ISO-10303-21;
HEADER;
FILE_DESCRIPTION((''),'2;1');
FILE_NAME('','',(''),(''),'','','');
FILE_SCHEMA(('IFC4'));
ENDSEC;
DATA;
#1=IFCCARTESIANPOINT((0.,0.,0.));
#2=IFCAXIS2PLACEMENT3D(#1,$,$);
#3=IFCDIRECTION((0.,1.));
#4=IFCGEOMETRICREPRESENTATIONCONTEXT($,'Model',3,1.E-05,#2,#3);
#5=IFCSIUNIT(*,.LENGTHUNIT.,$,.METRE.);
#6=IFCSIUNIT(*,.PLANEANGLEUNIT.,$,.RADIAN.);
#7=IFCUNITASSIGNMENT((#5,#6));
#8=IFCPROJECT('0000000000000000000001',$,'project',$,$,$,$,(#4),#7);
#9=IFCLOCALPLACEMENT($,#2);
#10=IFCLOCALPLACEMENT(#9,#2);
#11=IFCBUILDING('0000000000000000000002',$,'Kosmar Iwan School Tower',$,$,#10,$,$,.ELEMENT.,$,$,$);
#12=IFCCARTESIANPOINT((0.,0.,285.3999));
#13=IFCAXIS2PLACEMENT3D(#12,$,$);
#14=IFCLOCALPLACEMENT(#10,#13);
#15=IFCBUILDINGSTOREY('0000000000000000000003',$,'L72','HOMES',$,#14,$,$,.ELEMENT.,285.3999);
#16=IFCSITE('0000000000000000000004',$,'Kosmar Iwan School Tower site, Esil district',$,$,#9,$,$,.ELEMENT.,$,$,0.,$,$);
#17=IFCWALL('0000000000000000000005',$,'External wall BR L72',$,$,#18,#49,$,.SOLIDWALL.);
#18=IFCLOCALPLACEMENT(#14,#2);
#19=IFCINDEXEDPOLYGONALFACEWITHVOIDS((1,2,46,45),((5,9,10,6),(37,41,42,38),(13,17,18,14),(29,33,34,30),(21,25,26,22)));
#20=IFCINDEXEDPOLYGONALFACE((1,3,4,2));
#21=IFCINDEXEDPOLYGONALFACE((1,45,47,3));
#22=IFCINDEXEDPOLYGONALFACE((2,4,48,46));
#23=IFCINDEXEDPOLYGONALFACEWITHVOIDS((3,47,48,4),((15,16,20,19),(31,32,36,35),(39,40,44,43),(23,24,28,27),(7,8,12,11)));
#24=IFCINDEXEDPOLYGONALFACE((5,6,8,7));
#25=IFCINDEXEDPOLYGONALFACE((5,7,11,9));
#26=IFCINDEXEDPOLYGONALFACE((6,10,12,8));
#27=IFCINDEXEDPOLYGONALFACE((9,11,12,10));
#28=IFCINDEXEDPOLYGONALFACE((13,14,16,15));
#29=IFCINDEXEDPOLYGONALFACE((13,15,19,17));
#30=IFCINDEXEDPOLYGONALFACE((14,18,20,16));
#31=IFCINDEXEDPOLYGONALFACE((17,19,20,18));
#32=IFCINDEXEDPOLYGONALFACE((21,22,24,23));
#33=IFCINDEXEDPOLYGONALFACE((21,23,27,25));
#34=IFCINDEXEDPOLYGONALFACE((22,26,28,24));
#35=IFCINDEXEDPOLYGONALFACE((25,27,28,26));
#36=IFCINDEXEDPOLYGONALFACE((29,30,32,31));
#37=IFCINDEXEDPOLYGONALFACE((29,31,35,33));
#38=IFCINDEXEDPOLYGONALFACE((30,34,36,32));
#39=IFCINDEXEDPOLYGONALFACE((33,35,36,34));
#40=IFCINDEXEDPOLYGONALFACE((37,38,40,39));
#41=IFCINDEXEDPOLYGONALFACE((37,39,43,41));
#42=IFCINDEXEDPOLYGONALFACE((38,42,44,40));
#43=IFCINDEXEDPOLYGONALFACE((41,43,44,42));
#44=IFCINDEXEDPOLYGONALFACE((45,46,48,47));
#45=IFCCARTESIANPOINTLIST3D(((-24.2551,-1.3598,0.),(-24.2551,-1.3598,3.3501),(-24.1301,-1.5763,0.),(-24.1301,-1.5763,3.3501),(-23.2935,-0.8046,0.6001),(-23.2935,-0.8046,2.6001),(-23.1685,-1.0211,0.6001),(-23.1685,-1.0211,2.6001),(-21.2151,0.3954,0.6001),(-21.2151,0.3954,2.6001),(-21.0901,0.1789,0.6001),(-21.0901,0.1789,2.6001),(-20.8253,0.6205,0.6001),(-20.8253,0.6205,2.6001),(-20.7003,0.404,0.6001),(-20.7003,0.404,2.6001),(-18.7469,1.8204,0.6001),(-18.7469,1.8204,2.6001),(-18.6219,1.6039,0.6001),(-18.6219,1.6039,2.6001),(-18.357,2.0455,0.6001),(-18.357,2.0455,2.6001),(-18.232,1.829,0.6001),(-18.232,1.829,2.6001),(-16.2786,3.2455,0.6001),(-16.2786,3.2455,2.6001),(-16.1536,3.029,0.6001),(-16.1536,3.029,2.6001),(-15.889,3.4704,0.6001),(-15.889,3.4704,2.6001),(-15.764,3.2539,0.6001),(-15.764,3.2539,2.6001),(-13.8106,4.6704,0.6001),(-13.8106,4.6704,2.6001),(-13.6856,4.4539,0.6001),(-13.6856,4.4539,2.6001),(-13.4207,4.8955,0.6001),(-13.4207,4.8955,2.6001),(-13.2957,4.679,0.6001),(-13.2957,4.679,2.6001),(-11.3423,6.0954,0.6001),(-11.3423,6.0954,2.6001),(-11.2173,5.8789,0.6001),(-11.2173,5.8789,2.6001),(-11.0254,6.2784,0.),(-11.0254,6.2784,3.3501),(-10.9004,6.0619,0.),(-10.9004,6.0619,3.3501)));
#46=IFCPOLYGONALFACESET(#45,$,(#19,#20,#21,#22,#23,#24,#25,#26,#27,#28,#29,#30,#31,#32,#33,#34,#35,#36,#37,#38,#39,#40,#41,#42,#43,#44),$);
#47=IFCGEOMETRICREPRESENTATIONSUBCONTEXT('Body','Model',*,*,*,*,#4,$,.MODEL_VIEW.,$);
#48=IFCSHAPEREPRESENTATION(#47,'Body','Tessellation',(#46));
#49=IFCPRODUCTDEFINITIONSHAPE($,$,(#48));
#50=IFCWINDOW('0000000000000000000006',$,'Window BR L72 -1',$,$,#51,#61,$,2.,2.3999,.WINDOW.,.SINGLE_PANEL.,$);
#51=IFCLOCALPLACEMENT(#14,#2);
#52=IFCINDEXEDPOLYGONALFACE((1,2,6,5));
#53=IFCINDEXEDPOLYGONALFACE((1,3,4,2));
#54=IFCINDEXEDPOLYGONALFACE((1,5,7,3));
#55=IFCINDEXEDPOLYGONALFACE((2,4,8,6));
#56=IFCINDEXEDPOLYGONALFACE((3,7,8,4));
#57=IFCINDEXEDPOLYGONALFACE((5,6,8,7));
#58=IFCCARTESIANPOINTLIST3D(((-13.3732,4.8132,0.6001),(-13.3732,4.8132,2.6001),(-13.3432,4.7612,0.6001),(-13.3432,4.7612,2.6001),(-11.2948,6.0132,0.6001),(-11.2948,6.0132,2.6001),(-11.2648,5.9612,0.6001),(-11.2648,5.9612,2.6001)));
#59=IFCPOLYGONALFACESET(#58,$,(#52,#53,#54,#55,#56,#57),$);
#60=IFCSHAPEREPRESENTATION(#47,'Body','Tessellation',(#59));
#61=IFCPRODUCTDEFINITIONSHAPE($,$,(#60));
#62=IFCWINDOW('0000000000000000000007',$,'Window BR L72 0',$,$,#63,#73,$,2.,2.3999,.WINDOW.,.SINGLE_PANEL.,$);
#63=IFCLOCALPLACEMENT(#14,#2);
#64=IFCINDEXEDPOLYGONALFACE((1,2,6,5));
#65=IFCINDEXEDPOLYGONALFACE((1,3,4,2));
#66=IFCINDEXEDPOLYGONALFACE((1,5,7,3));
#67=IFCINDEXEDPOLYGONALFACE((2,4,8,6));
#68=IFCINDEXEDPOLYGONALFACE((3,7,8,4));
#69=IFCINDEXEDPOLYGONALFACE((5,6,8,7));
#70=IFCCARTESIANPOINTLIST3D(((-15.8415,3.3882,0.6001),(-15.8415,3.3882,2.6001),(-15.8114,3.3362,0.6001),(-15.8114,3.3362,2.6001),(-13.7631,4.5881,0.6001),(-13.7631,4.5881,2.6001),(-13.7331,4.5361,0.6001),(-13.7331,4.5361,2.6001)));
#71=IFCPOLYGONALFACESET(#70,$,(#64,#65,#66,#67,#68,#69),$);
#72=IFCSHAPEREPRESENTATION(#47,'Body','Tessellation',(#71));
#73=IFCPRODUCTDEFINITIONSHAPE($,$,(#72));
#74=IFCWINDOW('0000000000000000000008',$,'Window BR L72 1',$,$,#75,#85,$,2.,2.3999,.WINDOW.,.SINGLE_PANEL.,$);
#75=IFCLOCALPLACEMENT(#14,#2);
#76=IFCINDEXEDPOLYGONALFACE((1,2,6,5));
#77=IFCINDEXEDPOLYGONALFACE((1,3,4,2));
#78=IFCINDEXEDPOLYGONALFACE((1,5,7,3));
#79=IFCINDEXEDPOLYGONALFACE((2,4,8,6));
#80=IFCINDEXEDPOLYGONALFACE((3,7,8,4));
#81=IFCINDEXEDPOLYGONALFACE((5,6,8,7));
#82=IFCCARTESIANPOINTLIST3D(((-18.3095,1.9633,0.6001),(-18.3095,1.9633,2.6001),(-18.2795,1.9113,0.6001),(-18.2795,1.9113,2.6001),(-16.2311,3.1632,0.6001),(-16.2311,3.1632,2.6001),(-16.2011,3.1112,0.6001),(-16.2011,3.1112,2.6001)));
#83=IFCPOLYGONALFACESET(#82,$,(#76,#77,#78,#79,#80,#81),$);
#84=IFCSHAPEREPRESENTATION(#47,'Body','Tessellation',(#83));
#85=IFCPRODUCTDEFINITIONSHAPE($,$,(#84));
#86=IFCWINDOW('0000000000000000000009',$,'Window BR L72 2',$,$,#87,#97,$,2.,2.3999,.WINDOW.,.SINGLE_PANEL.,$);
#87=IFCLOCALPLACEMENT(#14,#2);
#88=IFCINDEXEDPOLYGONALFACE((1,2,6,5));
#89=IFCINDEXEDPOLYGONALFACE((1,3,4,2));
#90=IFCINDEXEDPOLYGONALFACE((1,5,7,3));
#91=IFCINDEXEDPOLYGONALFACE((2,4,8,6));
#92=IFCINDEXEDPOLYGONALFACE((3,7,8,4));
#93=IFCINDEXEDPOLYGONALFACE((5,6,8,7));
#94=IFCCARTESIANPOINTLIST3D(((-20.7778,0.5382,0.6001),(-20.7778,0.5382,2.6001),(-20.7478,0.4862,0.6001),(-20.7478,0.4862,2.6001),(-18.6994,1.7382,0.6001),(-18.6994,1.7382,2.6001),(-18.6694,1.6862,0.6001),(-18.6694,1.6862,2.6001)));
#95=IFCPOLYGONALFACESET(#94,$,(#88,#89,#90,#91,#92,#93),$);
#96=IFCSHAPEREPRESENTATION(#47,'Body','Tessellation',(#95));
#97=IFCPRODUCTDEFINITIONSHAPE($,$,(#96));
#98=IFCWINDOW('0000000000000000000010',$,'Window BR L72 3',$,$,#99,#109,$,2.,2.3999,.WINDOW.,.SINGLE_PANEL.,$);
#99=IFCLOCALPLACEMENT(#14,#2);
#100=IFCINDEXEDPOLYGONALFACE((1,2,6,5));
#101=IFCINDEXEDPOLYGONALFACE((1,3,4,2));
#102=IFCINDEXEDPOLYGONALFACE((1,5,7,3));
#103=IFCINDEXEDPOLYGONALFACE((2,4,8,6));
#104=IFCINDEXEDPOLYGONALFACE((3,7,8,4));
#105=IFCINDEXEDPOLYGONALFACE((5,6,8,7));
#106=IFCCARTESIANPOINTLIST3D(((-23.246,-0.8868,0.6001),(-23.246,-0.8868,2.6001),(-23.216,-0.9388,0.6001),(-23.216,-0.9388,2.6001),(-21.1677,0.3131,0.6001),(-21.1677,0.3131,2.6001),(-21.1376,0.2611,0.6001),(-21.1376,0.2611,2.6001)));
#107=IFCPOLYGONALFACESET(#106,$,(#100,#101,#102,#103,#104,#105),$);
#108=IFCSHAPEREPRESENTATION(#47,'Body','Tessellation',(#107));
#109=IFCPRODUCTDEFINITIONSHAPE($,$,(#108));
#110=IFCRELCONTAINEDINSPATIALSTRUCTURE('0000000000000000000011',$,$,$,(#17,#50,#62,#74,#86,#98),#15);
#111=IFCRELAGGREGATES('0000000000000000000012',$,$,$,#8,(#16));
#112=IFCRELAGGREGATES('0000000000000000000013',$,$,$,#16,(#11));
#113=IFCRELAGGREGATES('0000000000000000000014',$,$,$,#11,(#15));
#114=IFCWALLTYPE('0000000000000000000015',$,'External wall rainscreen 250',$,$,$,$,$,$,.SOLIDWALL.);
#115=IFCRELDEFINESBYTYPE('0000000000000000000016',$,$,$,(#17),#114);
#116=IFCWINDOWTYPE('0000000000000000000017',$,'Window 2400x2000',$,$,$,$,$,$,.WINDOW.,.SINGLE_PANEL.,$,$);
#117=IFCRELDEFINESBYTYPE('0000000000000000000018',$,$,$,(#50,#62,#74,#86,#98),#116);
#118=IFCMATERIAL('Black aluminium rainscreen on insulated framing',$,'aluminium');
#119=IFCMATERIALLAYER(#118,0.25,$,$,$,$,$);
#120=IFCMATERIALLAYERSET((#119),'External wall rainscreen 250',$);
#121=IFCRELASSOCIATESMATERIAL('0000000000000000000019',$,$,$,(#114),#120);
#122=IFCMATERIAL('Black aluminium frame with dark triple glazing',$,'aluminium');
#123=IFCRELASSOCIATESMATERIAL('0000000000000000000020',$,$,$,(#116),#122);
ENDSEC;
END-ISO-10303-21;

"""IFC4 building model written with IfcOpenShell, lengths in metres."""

from ifc_helpers import new_model, si_unit, direction, frame, frame_2d, origin, place, context, subcontext, project, spatial, rectangle, extrude, material, layer, layer_set, type_object, element, fill, save


model = new_model("IFC4")

# Units and contexts
model_context = context("Model", 3, precision=1e-05, world=origin(), true_north=direction((0.0, 1.0)))
body_context = subcontext(model_context, "Body", "Model", "MODEL_VIEW")
ifc_project = project(units=[si_unit("LENGTHUNIT", "METRE"), si_unit("PLANEANGLEUNIT", "RADIAN")], contexts=[model_context])

# Site, building, storey
site_placement = place(None, origin())
site = spatial("IfcSite", under=ifc_project, at=site_placement, Name="Kosmar Iwan School Tower site, Esil district", CompositionType="ELEMENT", RefElevation=0.0)
building_placement = place(site_placement, origin())
building = spatial("IfcBuilding", under=site, at=building_placement, Name="Kosmar Iwan School Tower", CompositionType="ELEMENT")
storey_placement = place(building_placement, frame((0.0, 0.0, 285.3999)))
storey = spatial("IfcBuildingStorey", under=building, at=storey_placement, Name="L72", Description="HOMES", CompositionType="ELEMENT", Elevation=285.3999)

# Wall, openings, windows
ifc_material_1 = material(Name="Black aluminium rainscreen on insulated framing", Category="aluminium")
ifc_layer = layer(ifc_material_1, 0.25)
ifc_layer_set = layer_set([ifc_layer], Name="External wall rainscreen 250")
wall_type = type_object("IfcWallType", Name="External wall rainscreen 250", PredefinedType="SOLIDWALL", material=ifc_layer_set)
ifc_material_2 = material(Name="Black aluminium frame with dark triple glazing", Category="aluminium")
window_type = type_object("IfcWindowType", Name="Window 2400x2000", PartitioningType="SINGLE_PANEL", PredefinedType="WINDOW", material=ifc_material_2)
wall_1_placement = place(storey_placement, frame((-10.9629, 6.1702, 0.0), z_axis=(0.0, 0.0, 1.0), x_axis=(-0.866026, -0.5, 0.0)))
wall_1 = element("IfcWall", 1, at=wall_1_placement, inside=storey, type_object=wall_type, Name="External wall BR L72", PredefinedType="SOLIDWALL", context=body_context, shape_type="SweptSolid", body=[
    extrude(rectangle(XDim=15.2764, YDim=0.25, at=frame_2d((7.6382, 0.0))), origin(), (0.0, 0.0, 1.0), 3.3501),
])
opening_1_placement = place(wall_1_placement, frame((0.366, 0.0, 0.6001)))
opening_1 = element("IfcOpeningElement", 2, at=opening_1_placement, cuts=wall_1, PredefinedType="OPENING", context=body_context, shape_type="SweptSolid", body=[
    extrude(rectangle(XDim=2.3999, YDim=2.0, at=frame_2d((1.2, 1.0))), frame((0.0, 0.137, 0.0), z_axis=(0.0, -1.0, 0.0), x_axis=(1.0, 0.0, 0.0)), (0.0, 0.0, 1.0), 0.2739),
])
opening_2_placement = place(wall_1_placement, frame((3.2161, 0.0, 0.6001)))
opening_2 = element("IfcOpeningElement", 3, at=opening_2_placement, cuts=wall_1, PredefinedType="OPENING", context=body_context, shape_type="SweptSolid", body=[
    extrude(rectangle(XDim=2.3999, YDim=2.0, at=frame_2d((1.2, 1.0))), frame((0.0, 0.137, 0.0), z_axis=(0.0, -1.0, 0.0), x_axis=(1.0, 0.0, 0.0)), (0.0, 0.0, 1.0), 0.2739),
])
opening_3_placement = place(wall_1_placement, frame((6.0659, 0.0, 0.6001)))
opening_3 = element("IfcOpeningElement", 4, at=opening_3_placement, cuts=wall_1, PredefinedType="OPENING", context=body_context, shape_type="SweptSolid", body=[
    extrude(rectangle(XDim=2.3999, YDim=2.0, at=frame_2d((1.2, 1.0))), frame((0.0, 0.137, 0.0), z_axis=(0.0, -1.0, 0.0), x_axis=(1.0, 0.0, 0.0)), (0.0, 0.0, 1.0), 0.2739),
])
opening_4_placement = place(wall_1_placement, frame((8.916, 0.0, 0.6001)))
opening_4 = element("IfcOpeningElement", 5, at=opening_4_placement, cuts=wall_1, PredefinedType="OPENING", context=body_context, shape_type="SweptSolid", body=[
    extrude(rectangle(XDim=2.3999, YDim=2.0, at=frame_2d((1.2, 1.0))), frame((0.0, 0.137, 0.0), z_axis=(0.0, -1.0, 0.0), x_axis=(1.0, 0.0, 0.0)), (0.0, 0.0, 1.0), 0.2739),
])
opening_5_placement = place(wall_1_placement, frame((11.7661, 0.0, 0.6001)))
opening_5 = element("IfcOpeningElement", 6, at=opening_5_placement, cuts=wall_1, PredefinedType="OPENING", context=body_context, shape_type="SweptSolid", body=[
    extrude(rectangle(XDim=2.3999, YDim=2.0, at=frame_2d((1.2, 1.0))), frame((0.0, 0.137, 0.0), z_axis=(0.0, -1.0, 0.0), x_axis=(1.0, 0.0, 0.0)), (0.0, 0.0, 1.0), 0.2739),
])
window_1_placement = place(opening_1_placement, origin())
window_1 = element("IfcWindow", 7, at=window_1_placement, inside=storey, type_object=window_type, Name="Window BR L72 -1", OverallHeight=2.0, OverallWidth=2.3999, PartitioningType="SINGLE_PANEL", PredefinedType="WINDOW", context=body_context, shape_type="SweptSolid", body=[
    extrude(rectangle(XDim=2.3999, YDim=2.0, at=frame_2d((1.2, 1.0))), frame((0.0, 0.03, 0.0), z_axis=(0.0, -1.0, 0.0), x_axis=(1.0, 0.0, 0.0)), (0.0, 0.0, 1.0), 0.0601),
])
fill(opening_1, window_1)
window_2_placement = place(opening_2_placement, origin())
window_2 = element("IfcWindow", 8, at=window_2_placement, inside=storey, type_object=window_type, Name="Window BR L72 0", OverallHeight=2.0, OverallWidth=2.3999, PartitioningType="SINGLE_PANEL", PredefinedType="WINDOW", context=body_context, shape_type="SweptSolid", body=[
    extrude(rectangle(XDim=2.3999, YDim=2.0, at=frame_2d((1.2, 1.0))), frame((0.0, 0.03, 0.0), z_axis=(0.0, -1.0, 0.0), x_axis=(1.0, 0.0, 0.0)), (0.0, 0.0, 1.0), 0.0601),
])
fill(opening_2, window_2)
window_3_placement = place(opening_3_placement, origin())
window_3 = element("IfcWindow", 9, at=window_3_placement, inside=storey, type_object=window_type, Name="Window BR L72 1", OverallHeight=2.0, OverallWidth=2.3999, PartitioningType="SINGLE_PANEL", PredefinedType="WINDOW", context=body_context, shape_type="SweptSolid", body=[
    extrude(rectangle(XDim=2.3999, YDim=2.0, at=frame_2d((1.2, 1.0))), frame((0.0, 0.03, 0.0), z_axis=(0.0, -1.0, 0.0), x_axis=(1.0, 0.0, 0.0)), (0.0, 0.0, 1.0), 0.0601),
])
fill(opening_3, window_3)
window_4_placement = place(opening_4_placement, origin())
window_4 = element("IfcWindow", 10, at=window_4_placement, inside=storey, type_object=window_type, Name="Window BR L72 2", OverallHeight=2.0, OverallWidth=2.3999, PartitioningType="SINGLE_PANEL", PredefinedType="WINDOW", context=body_context, shape_type="SweptSolid", body=[
    extrude(rectangle(XDim=2.3999, YDim=2.0, at=frame_2d((1.2, 1.0))), frame((0.0, 0.03, 0.0), z_axis=(0.0, -1.0, 0.0), x_axis=(1.0, 0.0, 0.0)), (0.0, 0.0, 1.0), 0.0601),
])
fill(opening_4, window_4)
window_5_placement = place(opening_5_placement, origin())
window_5 = element("IfcWindow", 11, at=window_5_placement, inside=storey, type_object=window_type, Name="Window BR L72 3", OverallHeight=2.0, OverallWidth=2.3999, PartitioningType="SINGLE_PANEL", PredefinedType="WINDOW", context=body_context, shape_type="SweptSolid", body=[
    extrude(rectangle(XDim=2.3999, YDim=2.0, at=frame_2d((1.2, 1.0))), frame((0.0, 0.03, 0.0), z_axis=(0.0, -1.0, 0.0), x_axis=(1.0, 0.0, 0.0)), (0.0, 0.0, 1.0), 0.0601),
])
fill(opening_5, window_5)

save(model, "model.ifc")
